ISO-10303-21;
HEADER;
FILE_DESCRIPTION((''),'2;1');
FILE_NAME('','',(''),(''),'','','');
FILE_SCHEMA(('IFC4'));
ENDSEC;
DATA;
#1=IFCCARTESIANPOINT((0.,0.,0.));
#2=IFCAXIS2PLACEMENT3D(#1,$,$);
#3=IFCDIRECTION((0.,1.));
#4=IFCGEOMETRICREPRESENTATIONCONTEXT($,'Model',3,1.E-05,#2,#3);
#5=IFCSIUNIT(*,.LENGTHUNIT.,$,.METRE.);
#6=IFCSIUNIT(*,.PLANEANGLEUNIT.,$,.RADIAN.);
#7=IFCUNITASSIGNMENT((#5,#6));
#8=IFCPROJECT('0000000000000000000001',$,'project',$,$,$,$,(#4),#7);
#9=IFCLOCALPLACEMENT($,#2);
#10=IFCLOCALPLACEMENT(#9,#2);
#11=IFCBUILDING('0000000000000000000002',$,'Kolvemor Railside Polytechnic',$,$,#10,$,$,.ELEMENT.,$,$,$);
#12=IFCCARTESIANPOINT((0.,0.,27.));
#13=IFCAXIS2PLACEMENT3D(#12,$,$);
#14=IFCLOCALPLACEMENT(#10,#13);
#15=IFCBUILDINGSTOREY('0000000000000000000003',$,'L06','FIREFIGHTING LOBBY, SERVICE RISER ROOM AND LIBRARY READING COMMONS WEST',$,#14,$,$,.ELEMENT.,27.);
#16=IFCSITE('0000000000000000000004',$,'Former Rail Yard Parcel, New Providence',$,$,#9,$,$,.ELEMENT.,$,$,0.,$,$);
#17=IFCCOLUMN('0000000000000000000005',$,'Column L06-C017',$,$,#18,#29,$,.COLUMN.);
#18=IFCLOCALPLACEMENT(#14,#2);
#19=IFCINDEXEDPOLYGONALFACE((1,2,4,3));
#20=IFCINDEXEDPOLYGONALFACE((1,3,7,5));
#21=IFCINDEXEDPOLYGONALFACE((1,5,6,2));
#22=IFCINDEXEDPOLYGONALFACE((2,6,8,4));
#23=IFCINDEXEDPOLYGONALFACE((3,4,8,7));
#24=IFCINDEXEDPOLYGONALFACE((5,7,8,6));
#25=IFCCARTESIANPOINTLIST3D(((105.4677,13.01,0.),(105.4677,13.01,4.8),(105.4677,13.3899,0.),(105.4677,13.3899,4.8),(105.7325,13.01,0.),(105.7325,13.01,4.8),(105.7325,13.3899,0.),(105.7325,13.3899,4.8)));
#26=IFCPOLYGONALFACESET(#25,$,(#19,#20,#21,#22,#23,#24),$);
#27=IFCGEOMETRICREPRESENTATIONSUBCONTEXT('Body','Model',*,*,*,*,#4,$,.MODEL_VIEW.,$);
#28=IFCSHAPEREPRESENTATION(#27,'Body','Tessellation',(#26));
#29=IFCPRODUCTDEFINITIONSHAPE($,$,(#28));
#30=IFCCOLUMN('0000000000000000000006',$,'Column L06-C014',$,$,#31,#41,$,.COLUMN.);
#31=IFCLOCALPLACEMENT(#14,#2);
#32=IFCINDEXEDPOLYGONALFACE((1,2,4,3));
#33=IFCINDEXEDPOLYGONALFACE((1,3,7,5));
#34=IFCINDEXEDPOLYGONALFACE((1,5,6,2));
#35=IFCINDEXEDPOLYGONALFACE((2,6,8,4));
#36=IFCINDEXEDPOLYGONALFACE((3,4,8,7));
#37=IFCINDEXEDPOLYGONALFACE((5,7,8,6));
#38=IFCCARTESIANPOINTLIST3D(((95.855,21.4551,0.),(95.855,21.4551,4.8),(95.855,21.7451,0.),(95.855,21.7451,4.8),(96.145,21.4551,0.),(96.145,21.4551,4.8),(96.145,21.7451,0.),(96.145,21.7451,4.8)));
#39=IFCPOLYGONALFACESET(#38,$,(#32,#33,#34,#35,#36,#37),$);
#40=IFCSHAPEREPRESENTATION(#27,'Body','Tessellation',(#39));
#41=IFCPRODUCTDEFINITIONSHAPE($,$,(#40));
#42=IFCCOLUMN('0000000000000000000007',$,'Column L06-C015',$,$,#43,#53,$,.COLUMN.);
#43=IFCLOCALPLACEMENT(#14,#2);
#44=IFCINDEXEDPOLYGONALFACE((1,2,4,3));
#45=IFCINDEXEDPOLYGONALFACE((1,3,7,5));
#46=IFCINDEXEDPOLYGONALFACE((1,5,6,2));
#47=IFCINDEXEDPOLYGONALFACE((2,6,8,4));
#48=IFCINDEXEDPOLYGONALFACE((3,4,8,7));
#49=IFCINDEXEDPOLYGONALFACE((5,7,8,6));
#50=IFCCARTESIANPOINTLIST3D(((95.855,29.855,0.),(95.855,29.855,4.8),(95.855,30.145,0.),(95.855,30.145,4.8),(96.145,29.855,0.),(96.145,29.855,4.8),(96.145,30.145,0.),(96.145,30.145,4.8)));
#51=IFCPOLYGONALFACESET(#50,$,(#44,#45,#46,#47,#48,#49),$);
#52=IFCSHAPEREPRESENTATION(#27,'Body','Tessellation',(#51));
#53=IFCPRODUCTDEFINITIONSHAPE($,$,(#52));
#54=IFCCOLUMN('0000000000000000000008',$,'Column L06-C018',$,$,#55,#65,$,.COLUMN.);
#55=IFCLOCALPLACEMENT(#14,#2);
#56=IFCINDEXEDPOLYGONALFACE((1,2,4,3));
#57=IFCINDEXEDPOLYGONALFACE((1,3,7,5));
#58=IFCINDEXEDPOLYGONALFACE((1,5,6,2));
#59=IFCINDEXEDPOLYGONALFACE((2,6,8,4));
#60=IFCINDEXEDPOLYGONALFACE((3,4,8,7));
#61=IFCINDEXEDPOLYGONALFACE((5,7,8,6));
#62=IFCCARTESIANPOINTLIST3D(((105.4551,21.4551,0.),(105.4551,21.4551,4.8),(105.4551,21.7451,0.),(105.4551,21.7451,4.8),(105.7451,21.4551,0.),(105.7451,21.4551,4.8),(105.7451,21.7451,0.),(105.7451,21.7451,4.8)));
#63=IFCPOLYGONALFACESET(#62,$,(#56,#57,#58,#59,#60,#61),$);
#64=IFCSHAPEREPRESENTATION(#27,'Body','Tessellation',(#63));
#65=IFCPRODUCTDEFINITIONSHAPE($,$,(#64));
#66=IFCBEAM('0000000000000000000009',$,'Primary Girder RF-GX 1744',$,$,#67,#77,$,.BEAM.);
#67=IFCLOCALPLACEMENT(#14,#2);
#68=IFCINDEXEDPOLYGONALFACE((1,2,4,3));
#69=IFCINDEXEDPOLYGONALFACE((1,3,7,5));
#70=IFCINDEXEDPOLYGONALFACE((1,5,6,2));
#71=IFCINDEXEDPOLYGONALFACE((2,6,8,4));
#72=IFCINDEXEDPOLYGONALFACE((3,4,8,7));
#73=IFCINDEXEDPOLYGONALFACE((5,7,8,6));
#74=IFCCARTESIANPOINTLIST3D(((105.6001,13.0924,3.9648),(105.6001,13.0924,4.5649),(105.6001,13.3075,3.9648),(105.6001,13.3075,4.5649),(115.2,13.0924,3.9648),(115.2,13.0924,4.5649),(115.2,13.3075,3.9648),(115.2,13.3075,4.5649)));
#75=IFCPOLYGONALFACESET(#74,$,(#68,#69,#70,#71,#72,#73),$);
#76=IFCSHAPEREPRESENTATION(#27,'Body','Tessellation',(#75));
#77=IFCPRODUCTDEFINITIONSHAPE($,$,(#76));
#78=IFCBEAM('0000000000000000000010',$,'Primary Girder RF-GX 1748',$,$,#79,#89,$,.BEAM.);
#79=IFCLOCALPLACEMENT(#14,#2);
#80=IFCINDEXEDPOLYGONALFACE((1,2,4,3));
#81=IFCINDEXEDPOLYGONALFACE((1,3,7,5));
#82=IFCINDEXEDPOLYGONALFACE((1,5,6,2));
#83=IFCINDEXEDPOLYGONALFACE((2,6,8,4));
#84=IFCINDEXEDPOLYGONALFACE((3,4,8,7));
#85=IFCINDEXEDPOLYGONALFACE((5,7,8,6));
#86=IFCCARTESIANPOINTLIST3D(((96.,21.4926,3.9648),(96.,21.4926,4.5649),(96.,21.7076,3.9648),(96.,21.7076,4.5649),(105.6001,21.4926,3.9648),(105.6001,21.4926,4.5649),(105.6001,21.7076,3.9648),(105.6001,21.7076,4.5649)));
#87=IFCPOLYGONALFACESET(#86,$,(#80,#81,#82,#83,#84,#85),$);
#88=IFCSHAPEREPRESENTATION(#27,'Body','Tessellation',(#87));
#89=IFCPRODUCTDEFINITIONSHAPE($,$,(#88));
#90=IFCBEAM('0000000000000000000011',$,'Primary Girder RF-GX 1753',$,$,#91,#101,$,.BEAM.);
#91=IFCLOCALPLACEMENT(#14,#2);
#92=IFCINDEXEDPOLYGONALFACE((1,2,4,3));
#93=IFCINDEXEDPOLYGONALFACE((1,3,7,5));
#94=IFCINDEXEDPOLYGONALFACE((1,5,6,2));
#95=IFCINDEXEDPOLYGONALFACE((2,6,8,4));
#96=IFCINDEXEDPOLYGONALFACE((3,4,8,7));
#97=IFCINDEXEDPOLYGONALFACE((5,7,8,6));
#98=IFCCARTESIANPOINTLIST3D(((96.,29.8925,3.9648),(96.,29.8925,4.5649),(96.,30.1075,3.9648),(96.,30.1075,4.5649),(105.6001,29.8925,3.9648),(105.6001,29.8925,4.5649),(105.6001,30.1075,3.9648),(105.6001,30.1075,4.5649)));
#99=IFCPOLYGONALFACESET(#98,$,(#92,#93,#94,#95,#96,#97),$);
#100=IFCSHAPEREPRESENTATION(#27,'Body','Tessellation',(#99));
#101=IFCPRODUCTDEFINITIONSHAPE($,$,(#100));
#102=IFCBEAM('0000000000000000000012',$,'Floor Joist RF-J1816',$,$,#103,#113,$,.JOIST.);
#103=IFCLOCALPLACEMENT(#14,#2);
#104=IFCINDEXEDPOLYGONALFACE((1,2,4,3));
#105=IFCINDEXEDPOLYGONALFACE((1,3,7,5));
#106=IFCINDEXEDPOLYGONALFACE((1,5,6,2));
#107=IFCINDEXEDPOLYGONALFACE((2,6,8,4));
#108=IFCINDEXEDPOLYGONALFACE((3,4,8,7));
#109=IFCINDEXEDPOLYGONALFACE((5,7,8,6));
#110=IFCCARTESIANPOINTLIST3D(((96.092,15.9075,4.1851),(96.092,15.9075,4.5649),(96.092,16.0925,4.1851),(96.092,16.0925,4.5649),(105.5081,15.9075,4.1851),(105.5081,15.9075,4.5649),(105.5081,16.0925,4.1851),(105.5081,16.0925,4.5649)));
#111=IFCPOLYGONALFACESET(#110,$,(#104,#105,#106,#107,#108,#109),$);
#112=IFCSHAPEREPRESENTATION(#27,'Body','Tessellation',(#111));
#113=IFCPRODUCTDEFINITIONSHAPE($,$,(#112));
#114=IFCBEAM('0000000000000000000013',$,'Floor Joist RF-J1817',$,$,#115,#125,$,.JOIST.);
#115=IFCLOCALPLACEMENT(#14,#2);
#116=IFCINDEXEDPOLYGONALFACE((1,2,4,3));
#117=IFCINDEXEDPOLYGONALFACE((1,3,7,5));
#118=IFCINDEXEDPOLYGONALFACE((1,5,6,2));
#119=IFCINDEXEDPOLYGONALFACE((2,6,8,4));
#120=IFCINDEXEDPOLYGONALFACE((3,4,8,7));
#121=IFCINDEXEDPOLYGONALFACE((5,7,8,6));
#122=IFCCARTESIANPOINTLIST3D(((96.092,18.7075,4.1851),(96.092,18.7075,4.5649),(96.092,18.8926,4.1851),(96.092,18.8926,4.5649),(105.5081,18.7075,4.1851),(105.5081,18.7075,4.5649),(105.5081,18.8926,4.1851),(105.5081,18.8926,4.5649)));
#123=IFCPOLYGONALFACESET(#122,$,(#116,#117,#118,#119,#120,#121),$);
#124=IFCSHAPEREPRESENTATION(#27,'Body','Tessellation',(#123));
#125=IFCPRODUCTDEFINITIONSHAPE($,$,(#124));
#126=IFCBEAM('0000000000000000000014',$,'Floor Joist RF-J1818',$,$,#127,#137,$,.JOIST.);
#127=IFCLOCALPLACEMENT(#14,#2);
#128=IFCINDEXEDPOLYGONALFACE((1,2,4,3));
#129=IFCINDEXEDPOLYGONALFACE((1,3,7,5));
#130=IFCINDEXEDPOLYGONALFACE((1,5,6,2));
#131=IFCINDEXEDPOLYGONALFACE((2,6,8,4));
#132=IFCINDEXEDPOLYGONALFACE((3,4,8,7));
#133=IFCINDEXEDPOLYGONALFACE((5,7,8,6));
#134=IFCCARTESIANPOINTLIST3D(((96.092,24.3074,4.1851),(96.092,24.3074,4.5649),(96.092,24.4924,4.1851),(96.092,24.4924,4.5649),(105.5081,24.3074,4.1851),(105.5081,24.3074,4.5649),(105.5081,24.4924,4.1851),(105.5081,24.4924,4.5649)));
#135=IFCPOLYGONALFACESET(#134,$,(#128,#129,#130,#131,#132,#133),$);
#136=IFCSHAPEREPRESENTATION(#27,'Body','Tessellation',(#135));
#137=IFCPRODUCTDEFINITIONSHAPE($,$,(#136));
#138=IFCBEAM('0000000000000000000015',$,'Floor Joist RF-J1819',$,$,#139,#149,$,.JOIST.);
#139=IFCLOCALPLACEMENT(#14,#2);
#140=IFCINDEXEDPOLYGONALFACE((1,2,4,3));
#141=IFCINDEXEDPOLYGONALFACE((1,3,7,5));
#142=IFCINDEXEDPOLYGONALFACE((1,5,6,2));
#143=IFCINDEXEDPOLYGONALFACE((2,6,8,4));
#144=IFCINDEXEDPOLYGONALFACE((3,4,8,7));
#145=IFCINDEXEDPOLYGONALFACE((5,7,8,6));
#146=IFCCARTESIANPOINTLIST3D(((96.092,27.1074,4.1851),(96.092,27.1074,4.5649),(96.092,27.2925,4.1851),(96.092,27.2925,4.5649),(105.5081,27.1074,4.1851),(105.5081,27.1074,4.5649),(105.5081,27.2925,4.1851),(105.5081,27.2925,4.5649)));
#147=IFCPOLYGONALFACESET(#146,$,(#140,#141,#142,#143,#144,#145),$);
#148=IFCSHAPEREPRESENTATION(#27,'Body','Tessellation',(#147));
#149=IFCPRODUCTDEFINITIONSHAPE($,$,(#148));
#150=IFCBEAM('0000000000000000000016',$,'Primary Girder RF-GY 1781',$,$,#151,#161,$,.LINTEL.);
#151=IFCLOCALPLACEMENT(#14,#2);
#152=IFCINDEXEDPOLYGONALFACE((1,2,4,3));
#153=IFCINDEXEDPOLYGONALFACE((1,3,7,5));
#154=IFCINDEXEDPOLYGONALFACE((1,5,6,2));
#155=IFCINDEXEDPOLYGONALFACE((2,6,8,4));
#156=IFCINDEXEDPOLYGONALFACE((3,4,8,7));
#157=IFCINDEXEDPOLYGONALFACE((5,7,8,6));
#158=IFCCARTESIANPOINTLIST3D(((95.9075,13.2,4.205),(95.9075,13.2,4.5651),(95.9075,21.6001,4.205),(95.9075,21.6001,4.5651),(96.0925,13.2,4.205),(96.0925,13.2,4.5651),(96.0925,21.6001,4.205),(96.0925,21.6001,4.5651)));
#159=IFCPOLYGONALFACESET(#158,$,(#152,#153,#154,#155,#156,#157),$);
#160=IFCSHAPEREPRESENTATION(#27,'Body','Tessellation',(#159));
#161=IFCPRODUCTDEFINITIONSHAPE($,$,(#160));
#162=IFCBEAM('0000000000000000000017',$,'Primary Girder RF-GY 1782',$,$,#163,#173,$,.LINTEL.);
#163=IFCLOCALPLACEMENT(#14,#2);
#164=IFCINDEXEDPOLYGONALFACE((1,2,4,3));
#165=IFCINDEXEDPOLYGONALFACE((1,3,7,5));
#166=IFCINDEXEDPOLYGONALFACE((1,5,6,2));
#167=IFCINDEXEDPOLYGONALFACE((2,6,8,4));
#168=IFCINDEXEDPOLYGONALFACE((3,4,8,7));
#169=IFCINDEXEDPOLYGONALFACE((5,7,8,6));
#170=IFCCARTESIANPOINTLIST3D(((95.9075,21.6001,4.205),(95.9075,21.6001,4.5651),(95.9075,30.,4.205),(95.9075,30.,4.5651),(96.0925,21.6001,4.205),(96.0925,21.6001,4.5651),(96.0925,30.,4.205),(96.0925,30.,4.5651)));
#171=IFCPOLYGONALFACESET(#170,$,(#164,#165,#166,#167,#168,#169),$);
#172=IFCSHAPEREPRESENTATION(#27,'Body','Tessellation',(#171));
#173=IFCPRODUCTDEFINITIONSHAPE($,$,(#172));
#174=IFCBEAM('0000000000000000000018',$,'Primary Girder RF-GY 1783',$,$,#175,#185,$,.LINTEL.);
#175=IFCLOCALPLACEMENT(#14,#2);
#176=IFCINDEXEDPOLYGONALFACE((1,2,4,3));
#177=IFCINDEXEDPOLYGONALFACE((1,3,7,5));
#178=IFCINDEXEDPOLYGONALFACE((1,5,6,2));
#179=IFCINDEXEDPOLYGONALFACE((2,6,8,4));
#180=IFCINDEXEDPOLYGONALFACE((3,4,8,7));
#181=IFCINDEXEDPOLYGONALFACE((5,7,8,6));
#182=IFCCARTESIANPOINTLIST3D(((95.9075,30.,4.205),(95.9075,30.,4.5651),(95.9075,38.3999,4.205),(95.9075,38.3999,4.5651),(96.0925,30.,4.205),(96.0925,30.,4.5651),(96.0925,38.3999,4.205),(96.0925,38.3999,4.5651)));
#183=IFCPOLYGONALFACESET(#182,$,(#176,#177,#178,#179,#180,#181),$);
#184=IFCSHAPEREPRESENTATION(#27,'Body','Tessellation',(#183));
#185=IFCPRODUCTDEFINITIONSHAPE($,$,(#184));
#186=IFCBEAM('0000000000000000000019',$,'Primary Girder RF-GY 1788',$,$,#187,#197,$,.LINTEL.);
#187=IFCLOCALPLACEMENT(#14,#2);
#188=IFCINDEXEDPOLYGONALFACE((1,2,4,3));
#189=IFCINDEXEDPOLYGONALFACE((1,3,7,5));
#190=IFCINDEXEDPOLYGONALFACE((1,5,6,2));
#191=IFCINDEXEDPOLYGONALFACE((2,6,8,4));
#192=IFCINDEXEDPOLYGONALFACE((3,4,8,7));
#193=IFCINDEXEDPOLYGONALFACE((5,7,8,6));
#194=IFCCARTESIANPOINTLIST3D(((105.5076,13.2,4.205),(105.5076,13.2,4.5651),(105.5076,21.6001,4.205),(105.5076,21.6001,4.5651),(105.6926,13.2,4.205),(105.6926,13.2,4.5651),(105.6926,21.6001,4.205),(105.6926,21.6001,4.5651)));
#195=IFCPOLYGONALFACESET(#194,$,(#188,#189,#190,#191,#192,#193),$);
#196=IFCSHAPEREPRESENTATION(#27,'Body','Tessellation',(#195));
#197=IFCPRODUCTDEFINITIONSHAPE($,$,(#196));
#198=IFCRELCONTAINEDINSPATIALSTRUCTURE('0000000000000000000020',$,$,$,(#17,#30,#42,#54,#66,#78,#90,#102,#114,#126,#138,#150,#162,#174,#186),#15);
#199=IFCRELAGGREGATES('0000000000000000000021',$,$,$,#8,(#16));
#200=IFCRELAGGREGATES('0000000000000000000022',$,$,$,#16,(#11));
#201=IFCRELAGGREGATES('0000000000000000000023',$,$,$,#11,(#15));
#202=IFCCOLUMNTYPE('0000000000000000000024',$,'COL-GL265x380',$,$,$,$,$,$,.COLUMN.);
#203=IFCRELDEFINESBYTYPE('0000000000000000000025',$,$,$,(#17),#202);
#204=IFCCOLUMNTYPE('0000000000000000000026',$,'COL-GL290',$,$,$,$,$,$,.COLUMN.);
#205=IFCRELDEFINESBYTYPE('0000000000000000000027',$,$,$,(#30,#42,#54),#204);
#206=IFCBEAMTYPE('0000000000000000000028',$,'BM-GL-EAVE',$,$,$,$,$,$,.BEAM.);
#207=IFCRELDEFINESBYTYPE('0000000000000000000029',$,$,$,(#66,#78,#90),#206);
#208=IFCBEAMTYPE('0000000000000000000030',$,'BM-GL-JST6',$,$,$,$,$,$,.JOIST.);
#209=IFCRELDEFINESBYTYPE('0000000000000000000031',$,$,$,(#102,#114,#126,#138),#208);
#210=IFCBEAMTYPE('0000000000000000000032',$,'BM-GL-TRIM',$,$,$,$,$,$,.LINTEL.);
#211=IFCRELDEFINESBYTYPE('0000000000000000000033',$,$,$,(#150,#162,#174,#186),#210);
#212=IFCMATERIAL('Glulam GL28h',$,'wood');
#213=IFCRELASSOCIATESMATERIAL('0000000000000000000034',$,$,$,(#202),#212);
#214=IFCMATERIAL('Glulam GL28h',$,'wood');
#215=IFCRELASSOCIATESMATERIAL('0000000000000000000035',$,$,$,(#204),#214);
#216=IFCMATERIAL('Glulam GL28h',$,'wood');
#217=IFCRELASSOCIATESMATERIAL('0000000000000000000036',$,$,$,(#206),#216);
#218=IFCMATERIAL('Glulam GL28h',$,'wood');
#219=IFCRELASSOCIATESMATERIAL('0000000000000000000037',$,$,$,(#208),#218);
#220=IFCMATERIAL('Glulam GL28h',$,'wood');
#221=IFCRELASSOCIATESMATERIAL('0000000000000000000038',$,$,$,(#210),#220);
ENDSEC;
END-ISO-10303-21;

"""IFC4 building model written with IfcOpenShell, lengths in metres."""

from ifc_helpers import new_model, si_unit, direction, frame, origin, origin_2d, place, context, subcontext, project, spatial, rectangle, extrude, material, material_profile, profile_set, type_object, element, save


model = new_model("IFC4")

# Units and contexts
model_context = context("Model", 3, precision=1e-05, world=origin(), true_north=direction((0.0, 1.0)))
body_context = subcontext(model_context, "Body", "Model", "MODEL_VIEW")
ifc_project = project(units=[si_unit("LENGTHUNIT", "METRE"), si_unit("PLANEANGLEUNIT", "RADIAN")], contexts=[model_context])

# Site, building, storey
site_placement = place(None, origin())
site = spatial("IfcSite", under=ifc_project, at=site_placement, Name="Former Rail Yard Parcel, New Providence", CompositionType="ELEMENT", RefElevation=0.0)
building_placement = place(site_placement, origin())
building = spatial("IfcBuilding", under=site, at=building_placement, Name="Kolvemor Railside Polytechnic", CompositionType="ELEMENT")
storey_placement = place(building_placement, frame((0.0, 0.0, 27.0)))
storey = spatial("IfcBuildingStorey", under=building, at=storey_placement, Name="L06", Description="FIREFIGHTING LOBBY, SERVICE RISER ROOM AND LIBRARY READING COMMONS WEST", CompositionType="ELEMENT", Elevation=27.0)

# Columns
ifc_material_1 = material(Name="Glulam GL28h", Category="wood")
ifc_material_profile_1 = material_profile(ifc_material_1, rectangle(XDim=0.2649, YDim=0.3799, at=origin_2d()), Name="GL265x380")
ifc_profile_set_1 = profile_set([ifc_material_profile_1], Name="Glulam GL28h")
column_type_1 = type_object("IfcColumnType", Name="COL-GL265x380", PredefinedType="COLUMN", material=ifc_profile_set_1)
column_placement = place(storey_placement, frame((105.6001, 13.2, 0.0), z_axis=(0.0, 0.0, 1.0), x_axis=(1.0, 0.0, 0.0)))
element("IfcColumn", 1, at=column_placement, inside=storey, type_object=column_type_1, Name="Column L06-C017", PredefinedType="COLUMN", context=body_context, shape_type="SweptSolid", body=[
    extrude(rectangle(XDim=0.2649, YDim=0.3799, at=origin_2d()), origin(), (0.0, 0.0, 1.0), 4.8),
])
ifc_material_2 = material(Name="Glulam GL28h", Category="wood")
ifc_material_profile_2 = material_profile(ifc_material_2, rectangle(XDim=0.29, YDim=0.29, at=origin_2d()), Name="GL290x290")
ifc_profile_set_2 = profile_set([ifc_material_profile_2], Name="Glulam GL28h")
column_type_2 = type_object("IfcColumnType", Name="COL-GL290", PredefinedType="COLUMN", material=ifc_profile_set_2)
for number, where, z_axis, x_axis, name in (
    (2, (96.0, 21.6001, 0.0), (0.0, 0.0, 1.0), (1.0, 0.0, 0.0), "Column L06-C014"),
    (3, (96.0, 30.0, 0.0), (0.0, 0.0, 1.0), (1.0, 0.0, 0.0), "Column L06-C015"),
    (4, (105.6001, 21.6001, 0.0), (0.0, 0.0, 1.0), (1.0, 0.0, 0.0), "Column L06-C018"),
):
    element("IfcColumn", number, at=place(storey_placement, frame(where, z_axis=z_axis, x_axis=x_axis)), inside=storey, type_object=column_type_2, Name=name, PredefinedType="COLUMN", context=body_context, shape_type="SweptSolid", body=[
        extrude(rectangle(XDim=0.29, YDim=0.29, at=origin_2d()), origin(), (0.0, 0.0, 1.0), 4.8),
    ])

# Beams
ifc_material_3 = material(Name="Glulam GL28h", Category="wood")
ifc_material_profile_3 = material_profile(ifc_material_3, rectangle(XDim=0.2151, YDim=0.6001, at=origin_2d()), Name="GL215x600")
ifc_profile_set_3 = profile_set([ifc_material_profile_3], Name="Glulam GL28h")
beam_type_1 = type_object("IfcBeamType", Name="BM-GL-EAVE", PredefinedType="BEAM", material=ifc_profile_set_3)
beam_1_placement = place(storey_placement, frame((105.6001, 13.2, 4.2649), z_axis=(1.0, 0.0, 0.0), x_axis=(0.0, 1.0, 0.0)))
element("IfcBeam", 5, at=beam_1_placement, inside=storey, type_object=beam_type_1, Name="Primary Girder RF-GX 1744", PredefinedType="BEAM", context=body_context, shape_type="SweptSolid", body=[
    extrude(rectangle(XDim=0.2151, YDim=0.6001, at=origin_2d()), origin(), (0.0, 0.0, 1.0), 9.5999),
])
for number, where, z_axis, x_axis, name in (
    (6, (96.0, 21.6001, 4.2649), (1.0, 0.0, 0.0), (0.0, 1.0, 0.0), "Primary Girder RF-GX 1748"),
    (7, (96.0, 30.0, 4.2649), (1.0, 0.0, 0.0), (0.0, 1.0, 0.0), "Primary Girder RF-GX 1753"),
):
    element("IfcBeam", number, at=place(storey_placement, frame(where, z_axis=z_axis, x_axis=x_axis)), inside=storey, type_object=beam_type_1, Name=name, PredefinedType="BEAM", context=body_context, shape_type="SweptSolid", body=[
        extrude(rectangle(XDim=0.2151, YDim=0.6001, at=origin_2d()), origin(), (0.0, 0.0, 1.0), 9.6001),
    ])
ifc_material_4 = material(Name="Glulam GL28h", Category="wood")
ifc_material_profile_4 = material_profile(ifc_material_4, rectangle(XDim=0.1851, YDim=0.3799, at=origin_2d()), Name="GL185x380")
ifc_profile_set_4 = profile_set([ifc_material_profile_4], Name="Glulam GL28h")
beam_type_2 = type_object("IfcBeamType", Name="BM-GL-JST6", PredefinedType="JOIST", material=ifc_profile_set_4)
for number, where, z_axis, x_axis, name in (
    (8, (96.092, 16.0, 4.375), (1.0, 0.0, 0.0), (0.0, 1.0, 0.0), "Floor Joist RF-J1816"),
    (9, (96.092, 18.8, 4.375), (1.0, 0.0, 0.0), (0.0, 1.0, 0.0), "Floor Joist RF-J1817"),
    (10, (96.092, 24.3999, 4.375), (1.0, 0.0, 0.0), (0.0, 1.0, 0.0), "Floor Joist RF-J1818"),
    (11, (96.092, 27.2, 4.375), (1.0, 0.0, 0.0), (0.0, 1.0, 0.0), "Floor Joist RF-J1819"),
):
    element("IfcBeam", number, at=place(storey_placement, frame(where, z_axis=z_axis, x_axis=x_axis)), inside=storey, type_object=beam_type_2, Name=name, PredefinedType="JOIST", context=body_context, shape_type="SweptSolid", body=[
        extrude(rectangle(XDim=0.1851, YDim=0.3799, at=origin_2d()), origin(), (0.0, 0.0, 1.0), 9.416),
    ])
ifc_material_5 = material(Name="Glulam GL28h", Category="wood")
ifc_material_profile_5 = material_profile(ifc_material_5, rectangle(XDim=0.1851, YDim=0.3601, at=origin_2d()), Name="GL185x360")
ifc_profile_set_5 = profile_set([ifc_material_profile_5], Name="Glulam GL28h")
beam_type_3 = type_object("IfcBeamType", Name="BM-GL-TRIM", PredefinedType="LINTEL", material=ifc_profile_set_5)
beam_2_placement = place(storey_placement, frame((96.0, 13.2, 4.385), z_axis=(0.0, 1.0, 0.0), x_axis=(-1.0, 0.0, 0.0)))
element("IfcBeam", 12, at=beam_2_placement, inside=storey, type_object=beam_type_3, Name="Primary Girder RF-GY 1781", PredefinedType="LINTEL", context=body_context, shape_type="SweptSolid", body=[
    extrude(rectangle(XDim=0.1851, YDim=0.3601, at=origin_2d()), origin(), (0.0, 0.0, 1.0), 8.4001),
])
for number, where, z_axis, x_axis, name in (
    (13, (96.0, 21.6001, 4.385), (0.0, 1.0, 0.0), (-1.0, 0.0, 0.0), "Primary Girder RF-GY 1782"),
    (14, (96.0, 30.0, 4.385), (0.0, 1.0, 0.0), (-1.0, 0.0, 0.0), "Primary Girder RF-GY 1783"),
):
    element("IfcBeam", number, at=place(storey_placement, frame(where, z_axis=z_axis, x_axis=x_axis)), inside=storey, type_object=beam_type_3, Name=name, PredefinedType="LINTEL", context=body_context, shape_type="SweptSolid", body=[
        extrude(rectangle(XDim=0.1851, YDim=0.3601, at=origin_2d()), origin(), (0.0, 0.0, 1.0), 8.3999),
    ])
beam_3_placement = place(storey_placement, frame((105.6001, 13.2, 4.385), z_axis=(0.0, 1.0, 0.0), x_axis=(-1.0, 0.0, 0.0)))
element("IfcBeam", 15, at=beam_3_placement, inside=storey, type_object=beam_type_3, Name="Primary Girder RF-GY 1788", PredefinedType="LINTEL", context=body_context, shape_type="SweptSolid", body=[
    extrude(rectangle(XDim=0.1851, YDim=0.3601, at=origin_2d()), origin(), (0.0, 0.0, 1.0), 8.4001),
])

save(model, "model.ifc")
